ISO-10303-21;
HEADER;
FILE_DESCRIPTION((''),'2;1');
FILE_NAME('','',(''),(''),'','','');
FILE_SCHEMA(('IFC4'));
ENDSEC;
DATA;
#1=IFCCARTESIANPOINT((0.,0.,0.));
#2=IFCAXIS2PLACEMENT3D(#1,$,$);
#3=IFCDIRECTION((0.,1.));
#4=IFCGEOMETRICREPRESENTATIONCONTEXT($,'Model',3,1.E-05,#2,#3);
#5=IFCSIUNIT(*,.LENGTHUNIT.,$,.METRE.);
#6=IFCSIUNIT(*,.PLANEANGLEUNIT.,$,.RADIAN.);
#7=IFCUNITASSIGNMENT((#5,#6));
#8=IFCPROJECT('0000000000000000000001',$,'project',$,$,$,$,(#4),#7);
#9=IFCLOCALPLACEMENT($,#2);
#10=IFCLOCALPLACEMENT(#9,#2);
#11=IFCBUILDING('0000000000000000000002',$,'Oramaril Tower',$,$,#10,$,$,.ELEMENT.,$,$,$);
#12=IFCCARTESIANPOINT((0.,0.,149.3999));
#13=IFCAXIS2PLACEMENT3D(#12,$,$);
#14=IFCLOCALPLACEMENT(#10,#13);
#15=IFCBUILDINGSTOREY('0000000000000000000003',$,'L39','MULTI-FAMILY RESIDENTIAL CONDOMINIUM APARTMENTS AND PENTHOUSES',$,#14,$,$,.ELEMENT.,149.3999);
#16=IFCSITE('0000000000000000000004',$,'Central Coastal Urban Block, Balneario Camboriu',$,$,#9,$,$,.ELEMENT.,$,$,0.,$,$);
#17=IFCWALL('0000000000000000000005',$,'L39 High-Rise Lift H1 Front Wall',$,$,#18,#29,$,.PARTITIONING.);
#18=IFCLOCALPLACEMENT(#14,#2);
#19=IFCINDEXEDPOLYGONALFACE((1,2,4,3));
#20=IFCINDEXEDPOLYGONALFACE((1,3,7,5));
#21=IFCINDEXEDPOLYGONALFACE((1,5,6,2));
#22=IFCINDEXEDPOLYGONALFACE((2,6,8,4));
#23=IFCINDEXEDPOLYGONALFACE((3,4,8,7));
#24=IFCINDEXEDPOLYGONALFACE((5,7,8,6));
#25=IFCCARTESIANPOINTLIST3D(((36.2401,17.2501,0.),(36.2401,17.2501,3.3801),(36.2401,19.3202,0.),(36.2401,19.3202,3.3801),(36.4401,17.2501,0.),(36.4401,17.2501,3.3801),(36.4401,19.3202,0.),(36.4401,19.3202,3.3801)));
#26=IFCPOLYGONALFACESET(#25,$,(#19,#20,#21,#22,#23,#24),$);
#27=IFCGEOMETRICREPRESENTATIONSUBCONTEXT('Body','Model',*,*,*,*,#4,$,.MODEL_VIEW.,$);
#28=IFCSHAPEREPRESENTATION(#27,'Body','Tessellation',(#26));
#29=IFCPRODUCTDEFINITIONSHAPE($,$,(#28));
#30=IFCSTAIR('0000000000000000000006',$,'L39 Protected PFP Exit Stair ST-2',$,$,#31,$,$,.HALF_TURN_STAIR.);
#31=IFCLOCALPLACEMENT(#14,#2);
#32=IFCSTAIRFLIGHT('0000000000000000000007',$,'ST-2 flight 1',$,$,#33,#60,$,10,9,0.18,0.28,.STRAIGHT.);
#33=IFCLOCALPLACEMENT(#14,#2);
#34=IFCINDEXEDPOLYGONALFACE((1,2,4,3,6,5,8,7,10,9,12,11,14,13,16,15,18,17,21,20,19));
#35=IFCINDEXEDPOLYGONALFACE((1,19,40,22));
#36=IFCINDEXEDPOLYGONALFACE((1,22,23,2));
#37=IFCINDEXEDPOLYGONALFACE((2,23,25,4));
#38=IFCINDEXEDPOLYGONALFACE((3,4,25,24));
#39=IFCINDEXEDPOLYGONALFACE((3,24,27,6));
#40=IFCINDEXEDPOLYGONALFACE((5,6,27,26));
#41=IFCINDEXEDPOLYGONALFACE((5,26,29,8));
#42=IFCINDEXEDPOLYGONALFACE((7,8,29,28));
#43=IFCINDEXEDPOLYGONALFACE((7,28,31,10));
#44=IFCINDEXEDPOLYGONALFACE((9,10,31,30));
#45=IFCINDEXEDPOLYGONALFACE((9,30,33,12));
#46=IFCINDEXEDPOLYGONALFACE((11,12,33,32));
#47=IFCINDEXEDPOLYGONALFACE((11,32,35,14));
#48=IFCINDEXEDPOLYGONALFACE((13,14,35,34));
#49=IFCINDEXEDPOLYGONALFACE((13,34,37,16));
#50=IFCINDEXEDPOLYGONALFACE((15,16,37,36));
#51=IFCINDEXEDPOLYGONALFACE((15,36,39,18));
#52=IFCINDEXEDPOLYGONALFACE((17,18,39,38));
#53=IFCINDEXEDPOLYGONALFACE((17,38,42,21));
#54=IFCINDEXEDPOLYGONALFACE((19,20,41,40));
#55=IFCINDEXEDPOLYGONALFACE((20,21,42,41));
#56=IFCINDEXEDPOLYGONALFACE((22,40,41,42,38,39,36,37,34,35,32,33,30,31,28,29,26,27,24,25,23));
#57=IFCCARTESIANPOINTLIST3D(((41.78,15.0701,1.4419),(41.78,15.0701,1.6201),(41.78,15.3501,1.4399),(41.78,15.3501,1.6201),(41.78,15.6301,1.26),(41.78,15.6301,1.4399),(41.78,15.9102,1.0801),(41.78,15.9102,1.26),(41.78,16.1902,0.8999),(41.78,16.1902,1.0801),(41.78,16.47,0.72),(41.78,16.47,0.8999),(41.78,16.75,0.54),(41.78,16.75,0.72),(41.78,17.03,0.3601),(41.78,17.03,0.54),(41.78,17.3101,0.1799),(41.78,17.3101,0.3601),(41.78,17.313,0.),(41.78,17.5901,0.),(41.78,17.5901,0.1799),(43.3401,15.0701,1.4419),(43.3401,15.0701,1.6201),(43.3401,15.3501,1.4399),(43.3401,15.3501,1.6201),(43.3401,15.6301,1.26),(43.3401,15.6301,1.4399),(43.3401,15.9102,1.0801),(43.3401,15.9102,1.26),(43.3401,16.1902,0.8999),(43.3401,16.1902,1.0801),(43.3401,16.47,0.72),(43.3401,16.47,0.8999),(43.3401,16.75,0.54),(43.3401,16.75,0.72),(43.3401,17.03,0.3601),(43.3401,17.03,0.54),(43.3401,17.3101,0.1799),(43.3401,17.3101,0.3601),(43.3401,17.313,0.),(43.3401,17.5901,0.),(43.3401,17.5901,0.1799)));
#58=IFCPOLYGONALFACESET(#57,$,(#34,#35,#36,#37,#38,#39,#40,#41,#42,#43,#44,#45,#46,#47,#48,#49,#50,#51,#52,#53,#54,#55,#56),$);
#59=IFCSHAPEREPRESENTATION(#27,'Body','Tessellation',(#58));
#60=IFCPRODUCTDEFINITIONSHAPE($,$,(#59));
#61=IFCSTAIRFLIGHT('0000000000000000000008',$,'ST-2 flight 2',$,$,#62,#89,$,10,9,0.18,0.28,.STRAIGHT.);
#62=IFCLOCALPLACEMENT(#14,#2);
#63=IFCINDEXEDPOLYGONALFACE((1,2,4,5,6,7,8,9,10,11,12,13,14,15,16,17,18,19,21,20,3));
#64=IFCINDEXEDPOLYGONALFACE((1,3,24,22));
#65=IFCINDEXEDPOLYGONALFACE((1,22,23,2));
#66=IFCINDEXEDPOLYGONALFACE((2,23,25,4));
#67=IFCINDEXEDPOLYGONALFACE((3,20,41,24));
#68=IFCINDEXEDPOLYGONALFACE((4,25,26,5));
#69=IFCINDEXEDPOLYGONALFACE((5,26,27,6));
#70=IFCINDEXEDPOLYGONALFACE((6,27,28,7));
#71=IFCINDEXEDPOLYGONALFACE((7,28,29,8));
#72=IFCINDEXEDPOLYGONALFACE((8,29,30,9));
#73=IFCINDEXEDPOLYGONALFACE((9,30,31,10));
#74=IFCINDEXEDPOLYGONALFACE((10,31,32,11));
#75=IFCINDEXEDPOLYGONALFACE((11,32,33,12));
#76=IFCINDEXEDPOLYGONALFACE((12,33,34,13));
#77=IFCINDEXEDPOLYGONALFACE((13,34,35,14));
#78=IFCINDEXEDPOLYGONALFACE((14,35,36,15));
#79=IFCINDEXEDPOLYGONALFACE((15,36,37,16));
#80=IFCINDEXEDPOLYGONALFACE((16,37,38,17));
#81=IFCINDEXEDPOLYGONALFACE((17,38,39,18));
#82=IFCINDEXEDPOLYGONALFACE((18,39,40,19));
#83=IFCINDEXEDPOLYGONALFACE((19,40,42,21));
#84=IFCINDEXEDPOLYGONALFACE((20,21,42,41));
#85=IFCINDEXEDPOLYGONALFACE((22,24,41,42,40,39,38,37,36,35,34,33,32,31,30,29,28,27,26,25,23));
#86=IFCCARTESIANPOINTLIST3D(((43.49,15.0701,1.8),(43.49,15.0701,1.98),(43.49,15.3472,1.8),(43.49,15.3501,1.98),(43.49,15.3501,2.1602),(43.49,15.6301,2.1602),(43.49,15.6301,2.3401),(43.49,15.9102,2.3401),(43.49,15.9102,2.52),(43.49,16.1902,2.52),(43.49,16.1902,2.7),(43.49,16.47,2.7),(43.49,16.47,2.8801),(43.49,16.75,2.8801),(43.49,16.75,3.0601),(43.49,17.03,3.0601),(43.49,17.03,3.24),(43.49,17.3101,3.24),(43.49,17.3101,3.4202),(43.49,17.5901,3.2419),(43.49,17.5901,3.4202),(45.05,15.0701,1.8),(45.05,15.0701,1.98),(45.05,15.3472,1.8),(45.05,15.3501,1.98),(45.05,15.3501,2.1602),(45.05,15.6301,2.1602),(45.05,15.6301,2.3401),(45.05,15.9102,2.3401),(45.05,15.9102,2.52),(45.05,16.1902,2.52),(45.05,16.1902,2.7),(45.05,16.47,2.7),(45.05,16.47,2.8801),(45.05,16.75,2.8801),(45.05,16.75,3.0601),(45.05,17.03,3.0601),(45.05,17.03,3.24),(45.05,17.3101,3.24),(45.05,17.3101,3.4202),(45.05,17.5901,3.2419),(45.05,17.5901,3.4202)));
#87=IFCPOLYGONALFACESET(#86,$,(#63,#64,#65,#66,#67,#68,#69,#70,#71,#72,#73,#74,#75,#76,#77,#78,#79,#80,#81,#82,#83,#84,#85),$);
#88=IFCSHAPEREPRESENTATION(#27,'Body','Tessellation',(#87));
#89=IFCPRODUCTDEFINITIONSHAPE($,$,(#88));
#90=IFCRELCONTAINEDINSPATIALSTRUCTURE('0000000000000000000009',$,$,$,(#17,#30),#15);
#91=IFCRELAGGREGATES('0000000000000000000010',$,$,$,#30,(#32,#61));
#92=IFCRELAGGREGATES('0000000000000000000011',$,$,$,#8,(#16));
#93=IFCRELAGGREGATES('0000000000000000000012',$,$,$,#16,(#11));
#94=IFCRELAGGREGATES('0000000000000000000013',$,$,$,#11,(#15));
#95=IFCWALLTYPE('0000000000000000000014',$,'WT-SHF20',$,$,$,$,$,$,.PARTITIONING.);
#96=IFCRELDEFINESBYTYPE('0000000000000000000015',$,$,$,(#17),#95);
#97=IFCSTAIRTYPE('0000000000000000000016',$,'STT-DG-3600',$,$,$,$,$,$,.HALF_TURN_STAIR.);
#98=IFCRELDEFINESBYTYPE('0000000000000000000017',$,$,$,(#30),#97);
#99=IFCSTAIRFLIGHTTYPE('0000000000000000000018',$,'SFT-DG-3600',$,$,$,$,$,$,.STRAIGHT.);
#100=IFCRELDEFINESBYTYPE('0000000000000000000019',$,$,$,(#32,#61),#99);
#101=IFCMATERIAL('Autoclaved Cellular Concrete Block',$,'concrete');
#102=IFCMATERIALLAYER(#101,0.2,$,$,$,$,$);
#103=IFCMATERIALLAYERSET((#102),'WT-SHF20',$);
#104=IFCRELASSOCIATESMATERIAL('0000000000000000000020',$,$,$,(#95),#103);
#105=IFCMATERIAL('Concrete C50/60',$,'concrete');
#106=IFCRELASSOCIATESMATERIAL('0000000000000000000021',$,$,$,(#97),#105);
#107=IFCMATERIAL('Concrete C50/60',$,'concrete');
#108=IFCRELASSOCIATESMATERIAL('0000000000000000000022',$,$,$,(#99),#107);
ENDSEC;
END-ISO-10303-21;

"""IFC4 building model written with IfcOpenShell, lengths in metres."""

from ifc_helpers import new_model, si_unit, direction, frame, frame_2d, origin, place, context, subcontext, project, spatial, polyline, rectangle, outline, extrude, material, layer, layer_set, type_object, element, aggregate, save


model = new_model("IFC4")

# Units and contexts
model_context = context("Model", 3, precision=1e-05, world=origin(), true_north=direction((0.0, 1.0)))
body_context = subcontext(model_context, "Body", "Model", "MODEL_VIEW")
ifc_project = project(units=[si_unit("LENGTHUNIT", "METRE"), si_unit("PLANEANGLEUNIT", "RADIAN")], contexts=[model_context])

# Site, building, storey
site_placement = place(None, origin())
site = spatial("IfcSite", under=ifc_project, at=site_placement, Name="Central Coastal Urban Block, Balneario Camboriu", CompositionType="ELEMENT", RefElevation=0.0)
building_placement = place(site_placement, origin())
building = spatial("IfcBuilding", under=site, at=building_placement, Name="Oramaril Tower", CompositionType="ELEMENT")
storey_placement = place(building_placement, frame((0.0, 0.0, 149.3999)))
storey = spatial("IfcBuildingStorey", under=building, at=storey_placement, Name="L39", Description="MULTI-FAMILY RESIDENTIAL CONDOMINIUM APARTMENTS AND PENTHOUSES", CompositionType="ELEMENT", Elevation=149.3999)

# Wall
ifc_material_1 = material(Name="Autoclaved Cellular Concrete Block", Category="concrete")
ifc_layer_1 = layer(ifc_material_1, 0.2)
ifc_layer_set_1 = layer_set([ifc_layer_1], Name="WT-SHF20")
wall_type_1 = type_object("IfcWallType", Name="WT-SHF20", PredefinedType="PARTITIONING", material=ifc_layer_set_1)
wall_1_placement = place(storey_placement, frame((36.3401, 17.25, 0.0), z_axis=(0.0, 0.0, 1.0), x_axis=(0.0, 1.0, 0.0)))
element("IfcWall", 1, at=wall_1_placement, inside=storey, type_object=wall_type_1, Name="L39 High-Rise Lift H1 Front Wall", PredefinedType="PARTITIONING", context=body_context, shape_type="SweptSolid", body=[
    extrude(rectangle(XDim=2.0701, YDim=0.2, at=frame_2d((1.0352, 0.0))), origin(), (0.0, 0.0, 1.0), 3.3801),
])

# Stair, stair flights
ifc_material_2 = material(Name="Concrete C50/60", Category="concrete")
stair_type = type_object("IfcStairType", Name="STT-DG-3600", PredefinedType="HALF_TURN_STAIR", material=ifc_material_2)
stair_placement = place(storey_placement, origin())
stair = element("IfcStair", 2, at=stair_placement, inside=storey, type_object=stair_type, Name="L39 Protected PFP Exit Stair ST-2", PredefinedType="HALF_TURN_STAIR")
ifc_material_3 = material(Name="Concrete C50/60", Category="concrete")
stair_flight_type = type_object("IfcStairFlightType", Name="SFT-DG-3600", PredefinedType="STRAIGHT", material=ifc_material_3)
stair_flight_1_placement = place(storey_placement, frame((42.5601, 17.5901, 0.0), z_axis=(0.0, 0.0, 1.0), x_axis=(0.0, -1.0, 0.0)))
stair_flight_1 = element("IfcStairFlight", 3, at=stair_flight_1_placement, type_object=stair_flight_type, Name="ST-2 flight 1", NumberOfRisers=10, NumberOfTreads=9, PredefinedType="STRAIGHT", RiserHeight=0.18, TreadLength=0.28, context=body_context, shape_type="SweptSolid", body=[
    extrude(outline(polyline([(0.0, 0.0), (0.0, 0.1799), (0.28, 0.1799), (0.28, 0.3601), (0.5601, 0.3601), (0.5601, 0.54), (0.8401, 0.54), (0.8401, 0.72), (1.1201, 0.72), (1.1201, 0.8999), (1.3999, 0.8999), (1.3999, 1.0801), (1.6799, 1.0801), (1.6799, 1.26), (1.96, 1.26), (1.96, 1.4399), (2.24, 1.4399), (2.24, 1.6201), (2.52, 1.6201), (2.52, 1.8), (2.52, 1.4419), (0.2771, 0.0), (0.0, 0.0)])), frame((0.0, 0.78, 0.0), z_axis=(0.0, -1.0, 0.0), x_axis=(1.0, 0.0, 0.0)), (0.0, 0.0, 1.0), 1.5601),
])
stair_flight_2_placement = place(storey_placement, frame((44.27, 15.0701, 1.8), z_axis=(0.0, 0.0, 1.0), x_axis=(0.0, 1.0, 0.0)))
stair_flight_2 = element("IfcStairFlight", 4, at=stair_flight_2_placement, type_object=stair_flight_type, Name="ST-2 flight 2", NumberOfRisers=10, NumberOfTreads=9, PredefinedType="STRAIGHT", RiserHeight=0.18, TreadLength=0.28, context=body_context, shape_type="SweptSolid", body=[
    extrude(outline(polyline([(0.0, 0.0), (0.0, 0.1799), (0.28, 0.1799), (0.28, 0.3601), (0.5601, 0.3601), (0.5601, 0.54), (0.8401, 0.54), (0.8401, 0.72), (1.1201, 0.72), (1.1201, 0.8999), (1.3999, 0.8999), (1.3999, 1.0801), (1.6799, 1.0801), (1.6799, 1.26), (1.96, 1.26), (1.96, 1.4399), (2.24, 1.4399), (2.24, 1.6201), (2.52, 1.6201), (2.52, 1.8), (2.52, 1.4419), (0.2771, 0.0), (0.0, 0.0)])), frame((0.0, 0.78, 0.0), z_axis=(0.0, -1.0, 0.0), x_axis=(1.0, 0.0, 0.0)), (0.0, 0.0, 1.0), 1.5601),
])
aggregate(stair, [stair_flight_1, stair_flight_2])

save(model, "model.ifc")
